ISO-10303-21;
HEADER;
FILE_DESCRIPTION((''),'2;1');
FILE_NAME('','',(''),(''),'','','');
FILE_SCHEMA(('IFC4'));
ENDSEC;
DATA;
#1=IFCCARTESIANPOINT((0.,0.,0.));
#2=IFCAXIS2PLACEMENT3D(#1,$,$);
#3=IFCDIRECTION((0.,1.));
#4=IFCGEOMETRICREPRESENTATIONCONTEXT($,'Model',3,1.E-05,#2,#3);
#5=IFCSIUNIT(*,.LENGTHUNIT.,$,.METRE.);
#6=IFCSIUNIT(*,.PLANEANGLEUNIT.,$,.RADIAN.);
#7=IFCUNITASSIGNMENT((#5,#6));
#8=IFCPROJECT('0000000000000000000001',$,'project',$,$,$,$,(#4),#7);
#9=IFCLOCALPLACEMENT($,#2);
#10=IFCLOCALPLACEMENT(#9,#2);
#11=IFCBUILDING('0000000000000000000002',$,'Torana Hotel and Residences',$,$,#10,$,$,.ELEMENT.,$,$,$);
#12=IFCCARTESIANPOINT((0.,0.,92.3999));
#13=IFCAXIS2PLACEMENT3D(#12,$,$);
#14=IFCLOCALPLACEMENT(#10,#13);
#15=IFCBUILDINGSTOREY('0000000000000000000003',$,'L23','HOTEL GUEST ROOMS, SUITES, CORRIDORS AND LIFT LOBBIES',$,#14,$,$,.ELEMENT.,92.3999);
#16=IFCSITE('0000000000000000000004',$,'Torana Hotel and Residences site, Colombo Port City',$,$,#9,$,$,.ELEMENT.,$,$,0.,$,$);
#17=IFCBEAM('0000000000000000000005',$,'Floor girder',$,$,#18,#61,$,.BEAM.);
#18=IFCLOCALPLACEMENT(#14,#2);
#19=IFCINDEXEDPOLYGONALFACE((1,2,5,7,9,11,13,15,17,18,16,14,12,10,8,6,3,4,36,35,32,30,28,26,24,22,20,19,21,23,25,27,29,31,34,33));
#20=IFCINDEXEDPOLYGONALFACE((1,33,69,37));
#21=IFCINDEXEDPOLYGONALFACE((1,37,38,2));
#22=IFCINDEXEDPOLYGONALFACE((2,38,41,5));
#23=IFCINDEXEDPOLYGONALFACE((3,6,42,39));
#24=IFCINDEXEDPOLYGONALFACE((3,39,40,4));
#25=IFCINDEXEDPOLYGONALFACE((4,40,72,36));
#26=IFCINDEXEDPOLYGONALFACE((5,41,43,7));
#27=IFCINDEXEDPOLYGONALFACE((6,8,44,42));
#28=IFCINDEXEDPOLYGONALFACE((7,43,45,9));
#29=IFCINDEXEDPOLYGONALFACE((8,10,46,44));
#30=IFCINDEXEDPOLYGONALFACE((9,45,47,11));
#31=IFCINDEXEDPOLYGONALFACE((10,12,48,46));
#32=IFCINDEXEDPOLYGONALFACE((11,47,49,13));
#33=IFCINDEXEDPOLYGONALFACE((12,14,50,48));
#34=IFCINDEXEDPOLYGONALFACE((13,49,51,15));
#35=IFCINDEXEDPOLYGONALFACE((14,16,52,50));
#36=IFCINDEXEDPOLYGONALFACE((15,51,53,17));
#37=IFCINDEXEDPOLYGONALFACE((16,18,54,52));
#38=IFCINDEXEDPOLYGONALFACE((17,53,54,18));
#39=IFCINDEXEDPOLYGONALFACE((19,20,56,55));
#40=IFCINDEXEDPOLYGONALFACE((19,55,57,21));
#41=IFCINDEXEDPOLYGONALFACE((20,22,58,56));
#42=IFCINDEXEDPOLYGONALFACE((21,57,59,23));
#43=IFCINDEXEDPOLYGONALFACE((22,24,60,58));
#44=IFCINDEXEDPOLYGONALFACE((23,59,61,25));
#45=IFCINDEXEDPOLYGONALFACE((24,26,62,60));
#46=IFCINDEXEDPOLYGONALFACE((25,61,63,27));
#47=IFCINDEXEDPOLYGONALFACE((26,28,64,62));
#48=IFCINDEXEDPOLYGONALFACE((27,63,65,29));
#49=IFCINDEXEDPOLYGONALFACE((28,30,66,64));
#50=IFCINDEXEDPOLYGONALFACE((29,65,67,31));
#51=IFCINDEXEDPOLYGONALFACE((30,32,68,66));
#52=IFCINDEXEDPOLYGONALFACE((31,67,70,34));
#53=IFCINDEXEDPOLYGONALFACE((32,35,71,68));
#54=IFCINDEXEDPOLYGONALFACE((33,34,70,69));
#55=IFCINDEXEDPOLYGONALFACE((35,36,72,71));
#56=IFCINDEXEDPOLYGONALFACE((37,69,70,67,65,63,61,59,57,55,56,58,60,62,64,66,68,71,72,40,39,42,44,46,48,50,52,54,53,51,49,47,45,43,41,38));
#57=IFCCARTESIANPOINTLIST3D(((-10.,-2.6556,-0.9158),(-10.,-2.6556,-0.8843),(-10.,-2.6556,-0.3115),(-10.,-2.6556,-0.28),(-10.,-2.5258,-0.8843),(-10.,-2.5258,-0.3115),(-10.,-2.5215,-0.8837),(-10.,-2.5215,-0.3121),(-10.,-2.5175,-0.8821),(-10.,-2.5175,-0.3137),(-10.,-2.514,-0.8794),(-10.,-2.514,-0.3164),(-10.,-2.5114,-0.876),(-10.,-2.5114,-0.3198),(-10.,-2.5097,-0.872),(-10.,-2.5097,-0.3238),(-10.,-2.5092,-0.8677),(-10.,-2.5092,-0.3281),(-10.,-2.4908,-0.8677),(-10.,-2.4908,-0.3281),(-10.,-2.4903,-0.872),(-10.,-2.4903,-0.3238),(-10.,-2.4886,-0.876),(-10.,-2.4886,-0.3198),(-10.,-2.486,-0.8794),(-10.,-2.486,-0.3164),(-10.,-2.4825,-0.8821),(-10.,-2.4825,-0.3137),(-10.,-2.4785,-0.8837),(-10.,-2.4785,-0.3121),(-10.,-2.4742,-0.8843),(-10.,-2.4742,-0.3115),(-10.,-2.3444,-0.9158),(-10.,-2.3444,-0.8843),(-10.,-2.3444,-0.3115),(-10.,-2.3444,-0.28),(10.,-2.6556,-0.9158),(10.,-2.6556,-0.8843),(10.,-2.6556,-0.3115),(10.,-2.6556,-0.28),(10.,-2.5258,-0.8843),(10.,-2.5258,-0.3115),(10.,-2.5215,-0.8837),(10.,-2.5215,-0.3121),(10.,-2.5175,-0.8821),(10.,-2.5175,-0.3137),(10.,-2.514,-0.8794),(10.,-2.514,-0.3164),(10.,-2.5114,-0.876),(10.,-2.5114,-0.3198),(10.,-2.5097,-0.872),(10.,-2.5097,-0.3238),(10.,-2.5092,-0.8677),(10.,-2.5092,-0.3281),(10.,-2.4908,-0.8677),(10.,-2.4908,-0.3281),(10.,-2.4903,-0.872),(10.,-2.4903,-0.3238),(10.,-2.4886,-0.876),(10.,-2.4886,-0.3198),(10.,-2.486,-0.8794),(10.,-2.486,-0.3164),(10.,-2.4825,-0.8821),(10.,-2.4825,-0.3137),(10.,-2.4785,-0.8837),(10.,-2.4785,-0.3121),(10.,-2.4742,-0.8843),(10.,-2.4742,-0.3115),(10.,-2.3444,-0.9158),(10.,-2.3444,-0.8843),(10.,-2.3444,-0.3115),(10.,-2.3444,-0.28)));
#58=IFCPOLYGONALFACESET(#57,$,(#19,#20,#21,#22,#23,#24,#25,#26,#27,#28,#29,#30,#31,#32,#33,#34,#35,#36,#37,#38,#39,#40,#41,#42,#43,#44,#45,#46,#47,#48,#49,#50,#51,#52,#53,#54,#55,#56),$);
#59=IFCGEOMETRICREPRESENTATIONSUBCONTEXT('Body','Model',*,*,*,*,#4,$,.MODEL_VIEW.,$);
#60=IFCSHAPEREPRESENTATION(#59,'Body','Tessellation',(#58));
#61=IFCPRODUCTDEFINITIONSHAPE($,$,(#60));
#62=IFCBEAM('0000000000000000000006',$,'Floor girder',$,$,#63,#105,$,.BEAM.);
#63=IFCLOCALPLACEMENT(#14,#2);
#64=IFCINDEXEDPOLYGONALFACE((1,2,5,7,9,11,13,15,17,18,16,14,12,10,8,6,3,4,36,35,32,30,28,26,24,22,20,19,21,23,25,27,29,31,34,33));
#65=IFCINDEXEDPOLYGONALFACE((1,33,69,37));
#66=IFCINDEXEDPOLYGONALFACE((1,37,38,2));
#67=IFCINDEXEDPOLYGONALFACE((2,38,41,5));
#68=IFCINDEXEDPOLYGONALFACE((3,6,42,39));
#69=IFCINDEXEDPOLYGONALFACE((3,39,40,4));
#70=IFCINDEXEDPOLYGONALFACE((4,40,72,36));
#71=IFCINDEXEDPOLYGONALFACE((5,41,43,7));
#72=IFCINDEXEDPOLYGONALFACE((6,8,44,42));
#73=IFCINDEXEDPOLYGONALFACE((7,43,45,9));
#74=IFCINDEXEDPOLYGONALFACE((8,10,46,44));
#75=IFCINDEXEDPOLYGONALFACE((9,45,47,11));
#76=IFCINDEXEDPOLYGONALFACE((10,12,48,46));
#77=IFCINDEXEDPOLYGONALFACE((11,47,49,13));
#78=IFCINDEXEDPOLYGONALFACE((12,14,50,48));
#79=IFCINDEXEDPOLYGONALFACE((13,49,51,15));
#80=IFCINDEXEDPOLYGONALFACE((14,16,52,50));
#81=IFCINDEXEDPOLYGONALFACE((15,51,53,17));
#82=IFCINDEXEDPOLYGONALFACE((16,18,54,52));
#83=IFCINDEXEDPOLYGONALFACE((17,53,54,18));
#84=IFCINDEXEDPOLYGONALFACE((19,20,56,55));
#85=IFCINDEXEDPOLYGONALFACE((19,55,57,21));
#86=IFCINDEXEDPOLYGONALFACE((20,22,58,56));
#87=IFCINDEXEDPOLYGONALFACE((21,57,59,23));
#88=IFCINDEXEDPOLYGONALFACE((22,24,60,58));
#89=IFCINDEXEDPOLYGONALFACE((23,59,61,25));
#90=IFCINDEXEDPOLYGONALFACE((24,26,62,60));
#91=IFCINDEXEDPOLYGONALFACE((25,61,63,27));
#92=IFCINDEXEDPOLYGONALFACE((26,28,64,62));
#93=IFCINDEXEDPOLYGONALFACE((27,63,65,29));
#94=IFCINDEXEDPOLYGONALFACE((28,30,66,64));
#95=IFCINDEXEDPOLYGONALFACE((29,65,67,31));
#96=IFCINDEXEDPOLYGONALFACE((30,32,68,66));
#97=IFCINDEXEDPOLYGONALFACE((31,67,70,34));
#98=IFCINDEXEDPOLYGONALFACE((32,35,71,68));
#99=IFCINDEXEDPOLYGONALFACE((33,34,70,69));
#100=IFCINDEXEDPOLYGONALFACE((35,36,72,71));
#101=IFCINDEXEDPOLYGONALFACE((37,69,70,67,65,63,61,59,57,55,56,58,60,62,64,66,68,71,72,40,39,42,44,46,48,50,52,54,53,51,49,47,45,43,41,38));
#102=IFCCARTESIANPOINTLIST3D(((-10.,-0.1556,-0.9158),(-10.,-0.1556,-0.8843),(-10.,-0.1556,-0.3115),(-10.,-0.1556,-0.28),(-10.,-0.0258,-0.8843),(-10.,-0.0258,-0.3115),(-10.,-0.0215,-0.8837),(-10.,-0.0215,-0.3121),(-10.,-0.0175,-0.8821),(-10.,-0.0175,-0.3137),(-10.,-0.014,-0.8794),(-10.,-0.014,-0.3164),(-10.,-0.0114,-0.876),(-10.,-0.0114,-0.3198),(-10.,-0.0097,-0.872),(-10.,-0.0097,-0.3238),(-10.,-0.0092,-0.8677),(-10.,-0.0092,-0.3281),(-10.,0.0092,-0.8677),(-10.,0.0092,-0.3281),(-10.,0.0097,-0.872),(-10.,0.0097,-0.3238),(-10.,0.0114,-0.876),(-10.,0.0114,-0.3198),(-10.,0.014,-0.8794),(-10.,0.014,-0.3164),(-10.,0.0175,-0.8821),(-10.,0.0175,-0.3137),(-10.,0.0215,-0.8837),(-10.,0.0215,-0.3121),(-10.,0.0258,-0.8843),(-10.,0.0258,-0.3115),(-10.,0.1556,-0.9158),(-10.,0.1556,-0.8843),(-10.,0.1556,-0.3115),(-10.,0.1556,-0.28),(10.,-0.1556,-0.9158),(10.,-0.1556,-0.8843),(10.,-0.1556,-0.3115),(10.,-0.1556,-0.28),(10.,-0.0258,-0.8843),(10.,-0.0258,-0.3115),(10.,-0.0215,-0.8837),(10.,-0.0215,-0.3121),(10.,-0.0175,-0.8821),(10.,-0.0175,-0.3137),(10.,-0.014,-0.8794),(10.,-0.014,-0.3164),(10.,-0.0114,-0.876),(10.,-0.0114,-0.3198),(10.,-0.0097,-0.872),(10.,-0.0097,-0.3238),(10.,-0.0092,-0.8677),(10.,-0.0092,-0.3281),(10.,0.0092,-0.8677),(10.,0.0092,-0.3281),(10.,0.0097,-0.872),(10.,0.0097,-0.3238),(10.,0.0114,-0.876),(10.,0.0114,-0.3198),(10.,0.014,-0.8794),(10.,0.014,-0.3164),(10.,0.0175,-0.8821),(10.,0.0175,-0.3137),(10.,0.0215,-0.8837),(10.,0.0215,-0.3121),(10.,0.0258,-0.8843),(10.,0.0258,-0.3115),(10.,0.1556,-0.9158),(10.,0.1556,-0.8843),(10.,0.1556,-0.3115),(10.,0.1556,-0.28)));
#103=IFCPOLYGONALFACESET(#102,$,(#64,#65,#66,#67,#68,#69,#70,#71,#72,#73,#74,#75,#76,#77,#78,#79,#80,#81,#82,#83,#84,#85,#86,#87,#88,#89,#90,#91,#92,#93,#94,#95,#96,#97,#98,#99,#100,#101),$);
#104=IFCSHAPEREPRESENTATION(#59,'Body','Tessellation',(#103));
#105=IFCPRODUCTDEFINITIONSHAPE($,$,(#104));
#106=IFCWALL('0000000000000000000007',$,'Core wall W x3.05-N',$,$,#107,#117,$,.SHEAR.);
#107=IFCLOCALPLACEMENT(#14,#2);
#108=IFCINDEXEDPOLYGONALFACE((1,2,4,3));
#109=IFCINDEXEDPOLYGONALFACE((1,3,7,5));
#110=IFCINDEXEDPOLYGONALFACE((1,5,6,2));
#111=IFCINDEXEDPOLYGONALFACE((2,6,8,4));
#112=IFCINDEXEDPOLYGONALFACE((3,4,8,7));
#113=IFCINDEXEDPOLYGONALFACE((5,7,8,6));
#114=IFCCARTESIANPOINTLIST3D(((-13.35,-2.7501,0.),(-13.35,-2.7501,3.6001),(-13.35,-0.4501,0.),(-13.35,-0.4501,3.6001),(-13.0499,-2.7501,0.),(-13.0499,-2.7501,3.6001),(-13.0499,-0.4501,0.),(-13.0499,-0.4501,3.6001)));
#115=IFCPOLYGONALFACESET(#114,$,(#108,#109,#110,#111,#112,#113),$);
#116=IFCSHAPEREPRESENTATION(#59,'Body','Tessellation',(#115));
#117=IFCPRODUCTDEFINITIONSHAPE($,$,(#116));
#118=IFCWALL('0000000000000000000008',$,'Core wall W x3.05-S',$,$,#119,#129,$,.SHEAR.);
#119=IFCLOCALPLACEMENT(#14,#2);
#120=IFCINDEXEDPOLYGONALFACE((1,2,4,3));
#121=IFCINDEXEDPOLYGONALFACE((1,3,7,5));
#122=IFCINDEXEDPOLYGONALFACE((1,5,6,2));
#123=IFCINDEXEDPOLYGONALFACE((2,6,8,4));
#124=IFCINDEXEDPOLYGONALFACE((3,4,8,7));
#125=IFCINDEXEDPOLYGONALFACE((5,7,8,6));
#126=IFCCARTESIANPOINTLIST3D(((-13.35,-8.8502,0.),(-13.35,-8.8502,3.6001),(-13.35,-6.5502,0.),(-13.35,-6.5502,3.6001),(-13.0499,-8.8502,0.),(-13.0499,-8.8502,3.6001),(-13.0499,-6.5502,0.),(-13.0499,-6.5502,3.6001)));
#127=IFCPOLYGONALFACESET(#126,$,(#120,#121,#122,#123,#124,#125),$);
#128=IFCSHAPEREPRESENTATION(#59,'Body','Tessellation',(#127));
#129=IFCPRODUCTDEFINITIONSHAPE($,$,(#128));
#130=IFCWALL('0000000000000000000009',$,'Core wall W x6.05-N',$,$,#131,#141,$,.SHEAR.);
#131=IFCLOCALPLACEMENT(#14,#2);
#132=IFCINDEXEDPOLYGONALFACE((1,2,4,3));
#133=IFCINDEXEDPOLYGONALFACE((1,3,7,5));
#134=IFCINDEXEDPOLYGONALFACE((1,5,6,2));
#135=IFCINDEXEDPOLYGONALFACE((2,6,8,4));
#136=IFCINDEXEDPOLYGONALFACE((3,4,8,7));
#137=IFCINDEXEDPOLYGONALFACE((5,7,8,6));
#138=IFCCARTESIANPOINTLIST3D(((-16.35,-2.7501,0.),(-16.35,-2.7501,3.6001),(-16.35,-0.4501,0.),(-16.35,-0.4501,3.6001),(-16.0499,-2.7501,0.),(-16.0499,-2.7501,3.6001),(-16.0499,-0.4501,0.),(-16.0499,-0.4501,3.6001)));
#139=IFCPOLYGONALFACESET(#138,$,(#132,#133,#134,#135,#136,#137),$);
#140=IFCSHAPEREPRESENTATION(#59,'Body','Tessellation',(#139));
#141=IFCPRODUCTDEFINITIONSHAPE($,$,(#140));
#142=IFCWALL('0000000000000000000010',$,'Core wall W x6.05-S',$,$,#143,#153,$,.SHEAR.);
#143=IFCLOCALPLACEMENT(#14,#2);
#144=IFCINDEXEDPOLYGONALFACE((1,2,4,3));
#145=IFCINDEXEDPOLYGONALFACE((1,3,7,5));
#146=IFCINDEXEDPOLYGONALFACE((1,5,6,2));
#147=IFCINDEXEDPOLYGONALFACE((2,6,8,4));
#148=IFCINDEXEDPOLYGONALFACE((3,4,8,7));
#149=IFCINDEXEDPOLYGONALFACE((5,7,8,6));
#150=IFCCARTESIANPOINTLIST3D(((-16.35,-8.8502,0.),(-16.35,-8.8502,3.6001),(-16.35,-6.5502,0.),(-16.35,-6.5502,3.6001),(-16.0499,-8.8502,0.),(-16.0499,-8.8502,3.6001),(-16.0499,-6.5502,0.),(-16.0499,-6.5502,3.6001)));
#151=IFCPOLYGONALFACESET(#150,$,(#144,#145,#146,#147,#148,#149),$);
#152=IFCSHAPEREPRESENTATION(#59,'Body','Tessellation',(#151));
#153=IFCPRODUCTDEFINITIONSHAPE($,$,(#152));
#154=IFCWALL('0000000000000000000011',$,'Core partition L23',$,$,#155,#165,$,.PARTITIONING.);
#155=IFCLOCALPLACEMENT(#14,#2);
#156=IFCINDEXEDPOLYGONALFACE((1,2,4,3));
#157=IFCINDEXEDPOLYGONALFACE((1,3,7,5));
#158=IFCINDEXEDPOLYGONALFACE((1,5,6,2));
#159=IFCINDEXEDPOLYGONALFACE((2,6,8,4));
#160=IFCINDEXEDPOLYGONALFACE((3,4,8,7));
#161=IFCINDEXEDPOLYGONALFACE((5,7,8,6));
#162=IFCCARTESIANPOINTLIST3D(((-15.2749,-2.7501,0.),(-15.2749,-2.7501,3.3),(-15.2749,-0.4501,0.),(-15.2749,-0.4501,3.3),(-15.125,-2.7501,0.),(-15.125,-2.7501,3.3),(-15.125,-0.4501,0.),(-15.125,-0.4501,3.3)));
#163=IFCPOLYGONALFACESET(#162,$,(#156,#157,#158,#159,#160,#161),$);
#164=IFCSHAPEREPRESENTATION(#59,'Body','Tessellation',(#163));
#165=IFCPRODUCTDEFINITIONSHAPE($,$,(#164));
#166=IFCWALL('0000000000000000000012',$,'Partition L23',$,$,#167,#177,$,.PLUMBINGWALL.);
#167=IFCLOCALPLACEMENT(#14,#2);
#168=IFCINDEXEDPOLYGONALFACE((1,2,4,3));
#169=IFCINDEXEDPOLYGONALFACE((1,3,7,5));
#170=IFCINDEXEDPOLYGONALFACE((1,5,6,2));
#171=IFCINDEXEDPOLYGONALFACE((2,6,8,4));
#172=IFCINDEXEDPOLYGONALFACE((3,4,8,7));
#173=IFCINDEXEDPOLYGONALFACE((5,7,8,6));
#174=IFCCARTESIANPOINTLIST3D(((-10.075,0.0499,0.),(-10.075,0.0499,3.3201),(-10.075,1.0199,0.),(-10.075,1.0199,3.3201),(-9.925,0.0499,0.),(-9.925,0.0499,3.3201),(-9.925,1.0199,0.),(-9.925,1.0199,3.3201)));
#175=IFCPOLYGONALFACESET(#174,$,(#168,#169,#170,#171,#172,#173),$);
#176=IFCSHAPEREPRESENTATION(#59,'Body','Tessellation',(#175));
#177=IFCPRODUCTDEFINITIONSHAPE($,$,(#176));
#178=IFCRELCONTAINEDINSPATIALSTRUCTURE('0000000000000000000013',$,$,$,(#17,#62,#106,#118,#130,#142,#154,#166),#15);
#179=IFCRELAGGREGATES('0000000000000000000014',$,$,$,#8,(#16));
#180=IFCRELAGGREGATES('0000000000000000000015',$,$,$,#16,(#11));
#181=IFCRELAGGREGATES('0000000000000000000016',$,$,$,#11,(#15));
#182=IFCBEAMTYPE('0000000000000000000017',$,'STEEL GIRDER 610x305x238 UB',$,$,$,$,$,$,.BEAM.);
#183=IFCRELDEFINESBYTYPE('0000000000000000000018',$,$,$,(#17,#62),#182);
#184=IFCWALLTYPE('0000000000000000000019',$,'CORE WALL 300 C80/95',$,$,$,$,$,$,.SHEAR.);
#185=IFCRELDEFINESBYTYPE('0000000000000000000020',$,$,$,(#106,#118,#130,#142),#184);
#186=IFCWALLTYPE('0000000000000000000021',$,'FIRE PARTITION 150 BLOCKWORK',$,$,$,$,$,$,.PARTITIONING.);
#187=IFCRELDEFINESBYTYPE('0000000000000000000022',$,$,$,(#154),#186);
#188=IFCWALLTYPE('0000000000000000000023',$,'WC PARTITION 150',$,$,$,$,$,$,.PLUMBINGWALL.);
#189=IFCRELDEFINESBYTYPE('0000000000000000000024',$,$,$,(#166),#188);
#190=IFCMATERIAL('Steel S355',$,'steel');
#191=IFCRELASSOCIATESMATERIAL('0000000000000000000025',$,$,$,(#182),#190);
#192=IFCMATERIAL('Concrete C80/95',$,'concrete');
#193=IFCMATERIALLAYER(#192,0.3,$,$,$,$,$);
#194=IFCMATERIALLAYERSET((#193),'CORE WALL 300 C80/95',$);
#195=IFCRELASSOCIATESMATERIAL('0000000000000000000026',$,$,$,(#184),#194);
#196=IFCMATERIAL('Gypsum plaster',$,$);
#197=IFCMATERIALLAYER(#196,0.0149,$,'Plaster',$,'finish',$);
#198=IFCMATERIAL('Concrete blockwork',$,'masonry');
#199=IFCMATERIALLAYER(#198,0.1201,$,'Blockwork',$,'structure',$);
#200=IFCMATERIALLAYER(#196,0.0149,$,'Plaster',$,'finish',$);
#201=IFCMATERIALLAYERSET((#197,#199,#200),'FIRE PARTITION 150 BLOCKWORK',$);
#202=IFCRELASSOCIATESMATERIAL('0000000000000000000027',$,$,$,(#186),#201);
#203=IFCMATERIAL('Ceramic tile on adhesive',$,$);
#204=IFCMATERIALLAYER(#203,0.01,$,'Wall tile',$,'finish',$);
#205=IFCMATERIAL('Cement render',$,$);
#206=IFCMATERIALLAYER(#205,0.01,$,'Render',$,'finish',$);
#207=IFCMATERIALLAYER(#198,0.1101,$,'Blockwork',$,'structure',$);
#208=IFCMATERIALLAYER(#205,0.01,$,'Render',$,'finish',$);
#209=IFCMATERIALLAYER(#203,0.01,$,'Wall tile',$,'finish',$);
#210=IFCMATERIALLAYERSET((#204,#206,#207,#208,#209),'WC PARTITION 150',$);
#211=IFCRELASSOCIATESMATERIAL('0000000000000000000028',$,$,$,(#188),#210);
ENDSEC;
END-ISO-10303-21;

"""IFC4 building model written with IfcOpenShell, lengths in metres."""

from ifc_helpers import new_model, si_unit, direction, frame, frame_2d, origin, origin_2d, place, context, subcontext, project, spatial, rectangle, i_section, extrude, material, layer, layer_set, material_profile, profile_set, type_object, element, save


model = new_model("IFC4")

# Units and contexts
model_context = context("Model", 3, precision=1e-05, world=origin(), true_north=direction((0.0, 1.0)))
body_context = subcontext(model_context, "Body", "Model", "MODEL_VIEW")
ifc_project = project(units=[si_unit("LENGTHUNIT", "METRE"), si_unit("PLANEANGLEUNIT", "RADIAN")], contexts=[model_context])

# Site, building, storey
site_placement = place(None, origin())
site = spatial("IfcSite", under=ifc_project, at=site_placement, Name="Torana Hotel and Residences site, Colombo Port City", CompositionType="ELEMENT", RefElevation=0.0)
building_placement = place(site_placement, origin())
building = spatial("IfcBuilding", under=site, at=building_placement, Name="Torana Hotel and Residences", CompositionType="ELEMENT")
storey_placement = place(building_placement, frame((0.0, 0.0, 92.3999)))
storey = spatial("IfcBuildingStorey", under=building, at=storey_placement, Name="L23", Description="HOTEL GUEST ROOMS, SUITES, CORRIDORS AND LIFT LOBBIES", CompositionType="ELEMENT", Elevation=92.3999)

# Beams
ifc_material_1 = material(Name="Steel S355", Category="steel")
ifc_material_profile = material_profile(ifc_material_1, i_section(OverallWidth=0.3113, OverallDepth=0.6357, WebThickness=0.0183, FlangeThickness=0.0315, FilletRadius=0.0166, at=origin_2d()), Name="610x305x238 UB")
ifc_profile_set = profile_set([ifc_material_profile], Name="Steel S355")
beam_type = type_object("IfcBeamType", Name="STEEL GIRDER 610x305x238 UB", PredefinedType="BEAM", material=ifc_profile_set)
for number, where, z_axis, x_axis, name in (
    (1, (-10.0, -2.5, -0.5979), (1.0, 0.0, 0.0), (0.0, 1.0, 0.0), "Floor girder"),
    (2, (-10.0, 0.0, -0.5979), (1.0, 0.0, 0.0), (0.0, 1.0, 0.0), "Floor girder"),
):
    element("IfcBeam", number, at=place(storey_placement, frame(where, z_axis=z_axis, x_axis=x_axis)), inside=storey, type_object=beam_type, Name=name, PredefinedType="BEAM", context=body_context, shape_type="SweptSolid", body=[
        extrude(i_section(OverallWidth=0.3113, OverallDepth=0.6357, WebThickness=0.0183, FlangeThickness=0.0315, FilletRadius=0.0166, at=origin_2d()), origin(), (0.0, 0.0, 1.0), 20.0),
    ])

# Walls
ifc_material_2 = material(Name="Concrete C80/95", Category="concrete")
ifc_layer_1 = layer(ifc_material_2, 0.3)
ifc_layer_set_1 = layer_set([ifc_layer_1], Name="CORE WALL 300 C80/95")
wall_type_1 = type_object("IfcWallType", Name="CORE WALL 300 C80/95", PredefinedType="SHEAR", material=ifc_layer_set_1)
for number, where, z_axis, x_axis, name in (
    (3, (-13.2, -2.75, 0.0), (0.0, 0.0, 1.0), (0.0, 1.0, 0.0), "Core wall W x3.05-N"),
    (4, (-13.2, -8.8501, 0.0), (0.0, 0.0, 1.0), (0.0, 1.0, 0.0), "Core wall W x3.05-S"),
    (5, (-16.2, -2.75, 0.0), (0.0, 0.0, 1.0), (0.0, 1.0, 0.0), "Core wall W x6.05-N"),
    (6, (-16.2, -8.8501, 0.0), (0.0, 0.0, 1.0), (0.0, 1.0, 0.0), "Core wall W x6.05-S"),
):
    element("IfcWall", number, at=place(storey_placement, frame(where, z_axis=z_axis, x_axis=x_axis)), inside=storey, type_object=wall_type_1, Name=name, PredefinedType="SHEAR", context=body_context, shape_type="SweptSolid", body=[
        extrude(rectangle(XDim=2.3, YDim=0.3, at=frame_2d((1.1499, 0.0))), origin(), (0.0, 0.0, 1.0), 3.6001),
    ])

# Walls
ifc_material_3 = material(Name="Gypsum plaster")
ifc_layer_2 = layer(ifc_material_3, 0.0149, Name="Plaster", Category="finish")
ifc_material_4 = material(Name="Concrete blockwork", Category="masonry")
ifc_layer_3 = layer(ifc_material_4, 0.1201, Name="Blockwork", Category="structure")
ifc_layer_4 = layer(ifc_material_3, 0.0149, Name="Plaster", Category="finish")
ifc_layer_set_2 = layer_set([ifc_layer_2, ifc_layer_3, ifc_layer_4], Name="FIRE PARTITION 150 BLOCKWORK")
wall_type_2 = type_object("IfcWallType", Name="FIRE PARTITION 150 BLOCKWORK", PredefinedType="PARTITIONING", material=ifc_layer_set_2)
wall_1_placement = place(storey_placement, frame((-15.2, -2.75, 0.0), z_axis=(0.0, 0.0, 1.0), x_axis=(0.0, 1.0, 0.0)))
element("IfcWall", 7, at=wall_1_placement, inside=storey, type_object=wall_type_2, Name="Core partition L23", PredefinedType="PARTITIONING", context=body_context, shape_type="SweptSolid", body=[
    extrude(rectangle(XDim=2.3, YDim=0.1499, at=frame_2d((1.1499, 0.0))), origin(), (0.0, 0.0, 1.0), 3.3),
])
ifc_material_5 = material(Name="Ceramic tile on adhesive")
ifc_layer_5 = layer(ifc_material_5, 0.01, Name="Wall tile", Category="finish")
ifc_material_6 = material(Name="Cement render")
ifc_layer_6 = layer(ifc_material_6, 0.01, Name="Render", Category="finish")
ifc_layer_7 = layer(ifc_material_4, 0.1101, Name="Blockwork", Category="structure")
ifc_layer_8 = layer(ifc_material_6, 0.01, Name="Render", Category="finish")
ifc_layer_9 = layer(ifc_material_5, 0.01, Name="Wall tile", Category="finish")
ifc_layer_set_3 = layer_set([ifc_layer_5, ifc_layer_6, ifc_layer_7, ifc_layer_8, ifc_layer_9], Name="WC PARTITION 150")
wall_type_3 = type_object("IfcWallType", Name="WC PARTITION 150", PredefinedType="PLUMBINGWALL", material=ifc_layer_set_3)
wall_2_placement = place(storey_placement, frame((-10.0, 0.05, 0.0), z_axis=(0.0, 0.0, 1.0), x_axis=(0.0, 1.0, 0.0)))
element("IfcWall", 8, at=wall_2_placement, inside=storey, type_object=wall_type_3, Name="Partition L23", PredefinedType="PLUMBINGWALL", context=body_context, shape_type="SweptSolid", body=[
    extrude(rectangle(XDim=0.97, YDim=0.1499, at=frame_2d((0.4849, 0.0))), origin(), (0.0, 0.0, 1.0), 3.3201),
])

save(model, "model.ifc")
